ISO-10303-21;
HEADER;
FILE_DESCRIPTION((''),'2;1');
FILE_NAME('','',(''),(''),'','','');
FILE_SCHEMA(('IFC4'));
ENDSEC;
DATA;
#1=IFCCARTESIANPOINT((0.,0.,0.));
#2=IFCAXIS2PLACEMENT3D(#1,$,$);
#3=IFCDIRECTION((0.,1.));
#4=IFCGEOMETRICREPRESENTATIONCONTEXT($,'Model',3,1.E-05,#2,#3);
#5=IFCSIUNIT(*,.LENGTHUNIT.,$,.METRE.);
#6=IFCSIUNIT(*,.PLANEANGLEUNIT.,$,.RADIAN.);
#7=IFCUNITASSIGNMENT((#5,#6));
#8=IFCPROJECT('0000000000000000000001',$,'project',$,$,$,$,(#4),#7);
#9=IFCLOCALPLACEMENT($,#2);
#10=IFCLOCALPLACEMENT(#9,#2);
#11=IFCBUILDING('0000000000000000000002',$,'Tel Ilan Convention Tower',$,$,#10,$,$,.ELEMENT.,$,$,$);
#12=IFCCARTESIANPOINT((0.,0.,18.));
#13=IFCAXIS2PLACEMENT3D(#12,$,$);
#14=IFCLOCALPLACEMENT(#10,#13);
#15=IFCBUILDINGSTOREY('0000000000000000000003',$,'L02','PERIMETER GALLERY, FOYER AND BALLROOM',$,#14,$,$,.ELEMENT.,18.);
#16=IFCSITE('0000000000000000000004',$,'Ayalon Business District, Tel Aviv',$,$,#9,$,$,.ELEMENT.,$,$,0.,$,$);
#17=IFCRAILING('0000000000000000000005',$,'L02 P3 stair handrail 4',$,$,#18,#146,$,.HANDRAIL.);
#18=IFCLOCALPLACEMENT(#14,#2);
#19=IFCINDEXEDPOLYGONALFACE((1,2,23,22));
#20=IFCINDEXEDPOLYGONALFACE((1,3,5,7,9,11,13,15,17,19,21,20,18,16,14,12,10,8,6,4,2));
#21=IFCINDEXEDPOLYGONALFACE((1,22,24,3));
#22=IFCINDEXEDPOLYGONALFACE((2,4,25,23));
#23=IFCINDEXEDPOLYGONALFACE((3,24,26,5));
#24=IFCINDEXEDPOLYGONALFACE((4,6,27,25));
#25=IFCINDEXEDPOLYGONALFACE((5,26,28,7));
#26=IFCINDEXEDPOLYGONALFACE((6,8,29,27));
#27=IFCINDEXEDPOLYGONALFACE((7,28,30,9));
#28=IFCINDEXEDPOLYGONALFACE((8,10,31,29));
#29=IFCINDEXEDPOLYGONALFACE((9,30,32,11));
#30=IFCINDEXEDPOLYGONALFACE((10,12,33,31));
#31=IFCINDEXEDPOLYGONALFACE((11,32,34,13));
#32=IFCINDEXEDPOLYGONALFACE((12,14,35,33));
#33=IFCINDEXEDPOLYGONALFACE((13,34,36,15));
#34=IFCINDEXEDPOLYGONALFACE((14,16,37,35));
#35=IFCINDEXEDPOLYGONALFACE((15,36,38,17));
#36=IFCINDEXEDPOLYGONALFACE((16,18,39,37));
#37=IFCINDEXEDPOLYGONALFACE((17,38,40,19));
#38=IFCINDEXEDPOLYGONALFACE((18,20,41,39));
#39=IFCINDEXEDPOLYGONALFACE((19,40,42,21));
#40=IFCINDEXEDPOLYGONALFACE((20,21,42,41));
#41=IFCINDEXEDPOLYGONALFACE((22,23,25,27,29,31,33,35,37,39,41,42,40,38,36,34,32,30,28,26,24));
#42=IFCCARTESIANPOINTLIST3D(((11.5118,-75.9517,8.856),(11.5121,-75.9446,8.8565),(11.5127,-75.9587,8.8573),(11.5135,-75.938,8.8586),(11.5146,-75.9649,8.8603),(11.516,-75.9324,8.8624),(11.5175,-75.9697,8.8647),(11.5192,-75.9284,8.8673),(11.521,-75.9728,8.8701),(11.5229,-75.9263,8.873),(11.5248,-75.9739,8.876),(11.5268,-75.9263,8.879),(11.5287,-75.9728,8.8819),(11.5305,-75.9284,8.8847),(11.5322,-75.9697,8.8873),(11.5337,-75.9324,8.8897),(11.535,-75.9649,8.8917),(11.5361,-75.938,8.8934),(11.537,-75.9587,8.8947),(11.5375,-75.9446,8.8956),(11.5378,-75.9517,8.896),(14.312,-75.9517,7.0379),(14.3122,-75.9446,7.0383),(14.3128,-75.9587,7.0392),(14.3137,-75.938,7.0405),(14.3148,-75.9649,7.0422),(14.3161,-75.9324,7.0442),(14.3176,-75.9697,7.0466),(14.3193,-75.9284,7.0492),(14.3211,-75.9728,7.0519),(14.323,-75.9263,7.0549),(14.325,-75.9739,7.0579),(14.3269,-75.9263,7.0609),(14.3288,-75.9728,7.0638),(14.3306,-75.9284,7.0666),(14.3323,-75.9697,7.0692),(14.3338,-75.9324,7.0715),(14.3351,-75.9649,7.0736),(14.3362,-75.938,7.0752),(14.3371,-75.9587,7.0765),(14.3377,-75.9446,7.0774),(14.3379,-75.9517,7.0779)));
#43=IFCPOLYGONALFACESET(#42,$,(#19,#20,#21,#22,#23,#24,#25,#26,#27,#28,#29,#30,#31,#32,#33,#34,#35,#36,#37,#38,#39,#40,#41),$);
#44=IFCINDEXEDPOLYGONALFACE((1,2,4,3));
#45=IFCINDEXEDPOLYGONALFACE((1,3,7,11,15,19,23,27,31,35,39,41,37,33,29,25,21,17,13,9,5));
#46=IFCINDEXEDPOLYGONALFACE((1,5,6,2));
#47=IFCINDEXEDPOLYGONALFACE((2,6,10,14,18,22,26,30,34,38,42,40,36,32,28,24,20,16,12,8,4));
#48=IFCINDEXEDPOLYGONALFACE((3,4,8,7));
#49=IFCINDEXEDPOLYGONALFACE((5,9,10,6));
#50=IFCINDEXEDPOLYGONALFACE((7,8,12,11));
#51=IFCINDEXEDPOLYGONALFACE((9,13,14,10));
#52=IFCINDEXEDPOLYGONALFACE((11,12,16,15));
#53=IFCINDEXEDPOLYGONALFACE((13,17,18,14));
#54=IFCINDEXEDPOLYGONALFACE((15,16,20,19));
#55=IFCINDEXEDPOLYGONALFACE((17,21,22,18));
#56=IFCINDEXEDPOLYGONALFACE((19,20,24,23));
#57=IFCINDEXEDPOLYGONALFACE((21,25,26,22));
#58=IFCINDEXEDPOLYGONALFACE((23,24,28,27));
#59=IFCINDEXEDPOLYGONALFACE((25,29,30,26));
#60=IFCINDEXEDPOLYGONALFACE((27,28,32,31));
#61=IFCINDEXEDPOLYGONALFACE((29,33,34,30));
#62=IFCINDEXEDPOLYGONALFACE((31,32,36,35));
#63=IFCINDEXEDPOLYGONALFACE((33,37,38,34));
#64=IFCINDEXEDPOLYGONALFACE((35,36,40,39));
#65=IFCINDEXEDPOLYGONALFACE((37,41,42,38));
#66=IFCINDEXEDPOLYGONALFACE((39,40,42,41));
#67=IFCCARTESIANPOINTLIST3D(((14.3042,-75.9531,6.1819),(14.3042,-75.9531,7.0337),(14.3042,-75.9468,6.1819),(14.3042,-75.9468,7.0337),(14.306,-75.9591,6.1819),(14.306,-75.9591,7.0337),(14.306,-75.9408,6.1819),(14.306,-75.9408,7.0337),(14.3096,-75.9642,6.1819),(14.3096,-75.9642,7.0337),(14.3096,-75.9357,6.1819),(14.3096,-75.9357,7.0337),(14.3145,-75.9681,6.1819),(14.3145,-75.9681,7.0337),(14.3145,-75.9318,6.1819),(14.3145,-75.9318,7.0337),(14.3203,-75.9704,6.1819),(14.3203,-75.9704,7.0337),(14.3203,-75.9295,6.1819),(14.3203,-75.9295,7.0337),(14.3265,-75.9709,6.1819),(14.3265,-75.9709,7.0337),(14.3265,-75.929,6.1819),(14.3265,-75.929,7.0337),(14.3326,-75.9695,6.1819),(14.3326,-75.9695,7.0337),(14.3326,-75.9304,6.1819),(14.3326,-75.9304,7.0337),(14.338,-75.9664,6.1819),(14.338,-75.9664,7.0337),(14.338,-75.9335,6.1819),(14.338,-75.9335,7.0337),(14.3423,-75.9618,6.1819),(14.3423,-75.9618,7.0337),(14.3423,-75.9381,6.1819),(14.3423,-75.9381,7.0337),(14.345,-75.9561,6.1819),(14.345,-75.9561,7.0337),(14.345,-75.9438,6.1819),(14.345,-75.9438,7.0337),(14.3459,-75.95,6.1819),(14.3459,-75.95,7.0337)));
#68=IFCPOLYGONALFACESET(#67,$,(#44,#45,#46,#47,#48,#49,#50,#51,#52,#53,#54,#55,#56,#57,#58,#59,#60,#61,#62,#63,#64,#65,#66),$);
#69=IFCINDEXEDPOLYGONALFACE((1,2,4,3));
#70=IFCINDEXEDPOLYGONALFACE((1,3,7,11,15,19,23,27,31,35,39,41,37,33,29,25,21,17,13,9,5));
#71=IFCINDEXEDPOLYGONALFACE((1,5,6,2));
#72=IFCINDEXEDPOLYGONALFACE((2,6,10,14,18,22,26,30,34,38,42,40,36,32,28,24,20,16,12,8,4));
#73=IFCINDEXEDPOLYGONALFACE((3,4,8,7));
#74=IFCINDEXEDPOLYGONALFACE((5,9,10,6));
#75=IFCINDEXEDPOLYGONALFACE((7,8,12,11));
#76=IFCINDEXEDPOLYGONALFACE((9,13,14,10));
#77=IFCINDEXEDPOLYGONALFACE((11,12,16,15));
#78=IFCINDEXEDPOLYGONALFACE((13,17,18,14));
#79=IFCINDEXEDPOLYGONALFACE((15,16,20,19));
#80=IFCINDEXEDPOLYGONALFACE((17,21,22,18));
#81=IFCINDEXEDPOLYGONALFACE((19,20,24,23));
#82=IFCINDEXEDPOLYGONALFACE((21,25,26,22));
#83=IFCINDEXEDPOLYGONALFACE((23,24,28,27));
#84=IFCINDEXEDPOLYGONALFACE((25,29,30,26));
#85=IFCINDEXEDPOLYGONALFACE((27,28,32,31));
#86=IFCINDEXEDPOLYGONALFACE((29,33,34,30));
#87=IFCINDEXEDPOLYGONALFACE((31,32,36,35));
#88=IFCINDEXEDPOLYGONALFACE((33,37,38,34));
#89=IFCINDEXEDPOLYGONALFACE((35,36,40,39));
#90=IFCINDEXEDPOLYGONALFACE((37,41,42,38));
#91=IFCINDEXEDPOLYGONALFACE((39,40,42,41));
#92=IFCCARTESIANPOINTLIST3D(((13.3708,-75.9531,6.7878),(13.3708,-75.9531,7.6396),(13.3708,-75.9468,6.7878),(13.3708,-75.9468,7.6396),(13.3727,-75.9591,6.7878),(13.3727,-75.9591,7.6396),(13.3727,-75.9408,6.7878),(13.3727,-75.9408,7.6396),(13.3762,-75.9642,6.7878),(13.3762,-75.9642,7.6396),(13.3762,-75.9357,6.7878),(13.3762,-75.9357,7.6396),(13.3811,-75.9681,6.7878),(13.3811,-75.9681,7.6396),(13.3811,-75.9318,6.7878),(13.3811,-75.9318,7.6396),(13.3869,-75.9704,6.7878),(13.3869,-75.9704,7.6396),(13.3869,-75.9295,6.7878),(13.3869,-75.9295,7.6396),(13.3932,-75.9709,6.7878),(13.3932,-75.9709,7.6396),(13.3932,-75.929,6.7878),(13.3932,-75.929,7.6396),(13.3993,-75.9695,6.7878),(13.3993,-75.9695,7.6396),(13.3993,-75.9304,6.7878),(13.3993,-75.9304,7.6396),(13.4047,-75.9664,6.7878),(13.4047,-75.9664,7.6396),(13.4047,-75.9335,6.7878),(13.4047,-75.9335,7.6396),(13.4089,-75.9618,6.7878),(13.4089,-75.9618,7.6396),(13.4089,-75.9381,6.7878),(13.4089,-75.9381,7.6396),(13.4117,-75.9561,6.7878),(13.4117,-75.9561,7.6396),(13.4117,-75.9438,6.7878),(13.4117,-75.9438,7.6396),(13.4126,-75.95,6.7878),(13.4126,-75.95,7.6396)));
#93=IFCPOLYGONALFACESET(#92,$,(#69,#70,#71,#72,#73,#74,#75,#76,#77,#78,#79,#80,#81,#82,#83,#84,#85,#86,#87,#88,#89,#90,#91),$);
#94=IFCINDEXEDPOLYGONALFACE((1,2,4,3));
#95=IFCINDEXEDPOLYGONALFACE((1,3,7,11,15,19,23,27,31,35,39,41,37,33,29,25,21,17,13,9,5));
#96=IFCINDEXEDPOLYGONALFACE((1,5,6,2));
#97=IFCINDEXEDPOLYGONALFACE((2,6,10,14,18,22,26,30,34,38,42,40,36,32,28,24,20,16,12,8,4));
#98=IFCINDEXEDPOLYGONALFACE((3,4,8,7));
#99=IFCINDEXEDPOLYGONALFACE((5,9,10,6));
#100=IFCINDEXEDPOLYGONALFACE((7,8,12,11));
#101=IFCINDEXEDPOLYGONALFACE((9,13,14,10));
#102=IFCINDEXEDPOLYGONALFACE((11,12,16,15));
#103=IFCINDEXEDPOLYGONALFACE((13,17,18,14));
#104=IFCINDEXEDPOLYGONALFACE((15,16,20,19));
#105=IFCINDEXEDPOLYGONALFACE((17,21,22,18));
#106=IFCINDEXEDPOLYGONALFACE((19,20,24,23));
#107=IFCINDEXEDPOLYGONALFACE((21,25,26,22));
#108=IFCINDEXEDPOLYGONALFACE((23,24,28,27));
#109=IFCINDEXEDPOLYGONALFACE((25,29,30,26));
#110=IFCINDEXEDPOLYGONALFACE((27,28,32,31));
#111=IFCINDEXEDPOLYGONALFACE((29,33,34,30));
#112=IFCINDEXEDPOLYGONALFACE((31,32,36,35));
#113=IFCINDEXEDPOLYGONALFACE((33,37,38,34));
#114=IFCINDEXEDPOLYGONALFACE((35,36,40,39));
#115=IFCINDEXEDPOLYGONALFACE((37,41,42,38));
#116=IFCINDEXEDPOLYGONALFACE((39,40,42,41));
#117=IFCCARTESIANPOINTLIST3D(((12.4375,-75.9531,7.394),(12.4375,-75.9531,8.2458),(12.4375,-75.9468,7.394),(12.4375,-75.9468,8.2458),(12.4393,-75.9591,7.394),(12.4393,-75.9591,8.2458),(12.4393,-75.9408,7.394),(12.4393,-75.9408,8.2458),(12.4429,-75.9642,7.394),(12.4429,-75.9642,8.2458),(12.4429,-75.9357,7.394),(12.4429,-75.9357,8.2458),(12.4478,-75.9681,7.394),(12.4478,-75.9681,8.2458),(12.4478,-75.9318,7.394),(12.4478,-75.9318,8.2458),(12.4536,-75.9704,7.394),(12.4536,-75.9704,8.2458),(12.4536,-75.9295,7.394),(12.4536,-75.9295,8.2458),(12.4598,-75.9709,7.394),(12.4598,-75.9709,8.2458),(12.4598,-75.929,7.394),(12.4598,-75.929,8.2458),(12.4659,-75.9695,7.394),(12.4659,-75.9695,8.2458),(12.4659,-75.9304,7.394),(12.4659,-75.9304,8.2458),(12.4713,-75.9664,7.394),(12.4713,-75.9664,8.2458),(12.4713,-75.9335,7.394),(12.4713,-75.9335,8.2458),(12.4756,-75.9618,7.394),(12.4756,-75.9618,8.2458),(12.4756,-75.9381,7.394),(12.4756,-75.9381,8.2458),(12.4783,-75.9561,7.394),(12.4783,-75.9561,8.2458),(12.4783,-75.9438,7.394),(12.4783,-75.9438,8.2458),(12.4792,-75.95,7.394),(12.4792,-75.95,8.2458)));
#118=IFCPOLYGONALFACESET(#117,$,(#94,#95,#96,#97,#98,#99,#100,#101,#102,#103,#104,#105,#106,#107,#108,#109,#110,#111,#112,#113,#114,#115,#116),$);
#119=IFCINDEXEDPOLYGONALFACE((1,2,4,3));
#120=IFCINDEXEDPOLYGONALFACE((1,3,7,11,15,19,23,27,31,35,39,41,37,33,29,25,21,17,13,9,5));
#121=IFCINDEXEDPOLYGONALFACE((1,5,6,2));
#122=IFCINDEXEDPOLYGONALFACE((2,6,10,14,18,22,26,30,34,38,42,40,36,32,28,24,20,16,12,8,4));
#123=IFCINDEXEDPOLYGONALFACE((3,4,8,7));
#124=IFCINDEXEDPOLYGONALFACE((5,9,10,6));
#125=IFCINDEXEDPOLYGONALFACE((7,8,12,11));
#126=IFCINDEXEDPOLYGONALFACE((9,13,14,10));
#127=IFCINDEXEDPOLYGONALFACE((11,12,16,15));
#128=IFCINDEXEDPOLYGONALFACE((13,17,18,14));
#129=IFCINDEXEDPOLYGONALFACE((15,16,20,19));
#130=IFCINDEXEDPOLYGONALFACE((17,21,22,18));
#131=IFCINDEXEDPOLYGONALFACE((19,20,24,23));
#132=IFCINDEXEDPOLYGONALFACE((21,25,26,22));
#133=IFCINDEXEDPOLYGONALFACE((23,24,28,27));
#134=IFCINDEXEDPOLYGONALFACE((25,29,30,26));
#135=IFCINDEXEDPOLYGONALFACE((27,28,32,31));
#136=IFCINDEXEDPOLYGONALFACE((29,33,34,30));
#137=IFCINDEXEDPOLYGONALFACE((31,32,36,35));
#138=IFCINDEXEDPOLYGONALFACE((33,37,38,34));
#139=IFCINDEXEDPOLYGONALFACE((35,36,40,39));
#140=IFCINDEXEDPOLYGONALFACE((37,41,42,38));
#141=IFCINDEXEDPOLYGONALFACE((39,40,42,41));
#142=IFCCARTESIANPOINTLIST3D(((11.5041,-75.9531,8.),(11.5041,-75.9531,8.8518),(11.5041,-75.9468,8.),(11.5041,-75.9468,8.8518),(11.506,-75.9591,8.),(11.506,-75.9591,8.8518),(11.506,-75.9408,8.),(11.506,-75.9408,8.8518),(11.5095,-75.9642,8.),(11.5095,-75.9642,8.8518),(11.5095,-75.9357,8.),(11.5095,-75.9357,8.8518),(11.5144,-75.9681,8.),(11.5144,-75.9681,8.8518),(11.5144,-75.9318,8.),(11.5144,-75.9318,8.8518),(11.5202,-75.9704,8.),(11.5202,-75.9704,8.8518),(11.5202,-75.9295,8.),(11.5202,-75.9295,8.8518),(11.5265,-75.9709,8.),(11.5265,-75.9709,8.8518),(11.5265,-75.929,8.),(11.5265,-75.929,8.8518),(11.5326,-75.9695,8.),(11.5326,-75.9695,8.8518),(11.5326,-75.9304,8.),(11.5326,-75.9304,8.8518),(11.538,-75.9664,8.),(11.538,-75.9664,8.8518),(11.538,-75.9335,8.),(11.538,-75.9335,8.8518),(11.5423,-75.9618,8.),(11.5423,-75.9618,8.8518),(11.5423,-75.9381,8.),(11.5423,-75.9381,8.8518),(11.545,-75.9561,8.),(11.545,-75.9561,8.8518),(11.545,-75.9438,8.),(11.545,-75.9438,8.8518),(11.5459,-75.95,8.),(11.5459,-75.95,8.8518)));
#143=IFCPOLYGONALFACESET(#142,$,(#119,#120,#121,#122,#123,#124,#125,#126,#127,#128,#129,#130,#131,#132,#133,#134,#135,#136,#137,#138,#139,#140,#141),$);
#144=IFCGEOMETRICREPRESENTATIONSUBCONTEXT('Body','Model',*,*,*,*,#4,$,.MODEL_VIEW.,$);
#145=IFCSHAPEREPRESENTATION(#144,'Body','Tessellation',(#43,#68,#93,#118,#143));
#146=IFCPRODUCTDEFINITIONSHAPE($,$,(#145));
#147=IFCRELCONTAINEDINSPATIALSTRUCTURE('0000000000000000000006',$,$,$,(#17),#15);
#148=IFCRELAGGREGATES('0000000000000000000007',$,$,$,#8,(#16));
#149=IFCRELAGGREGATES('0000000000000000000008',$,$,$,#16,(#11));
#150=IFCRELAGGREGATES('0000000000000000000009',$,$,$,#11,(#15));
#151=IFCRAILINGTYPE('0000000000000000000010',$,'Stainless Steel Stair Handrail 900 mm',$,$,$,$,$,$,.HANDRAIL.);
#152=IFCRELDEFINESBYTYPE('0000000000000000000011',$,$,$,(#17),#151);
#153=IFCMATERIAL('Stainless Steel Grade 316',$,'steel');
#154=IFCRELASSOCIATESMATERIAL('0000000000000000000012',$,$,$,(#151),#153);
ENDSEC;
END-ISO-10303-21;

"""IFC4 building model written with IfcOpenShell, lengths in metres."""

from ifc_helpers import new_model, si_unit, direction, frame, origin, origin_2d, place, context, subcontext, project, spatial, circle, extrude, material, type_object, element, save


model = new_model("IFC4")

# Units and contexts
model_context = context("Model", 3, precision=1e-05, world=origin(), true_north=direction((0.0, 1.0)))
body_context = subcontext(model_context, "Body", "Model", "MODEL_VIEW")
ifc_project = project(units=[si_unit("LENGTHUNIT", "METRE"), si_unit("PLANEANGLEUNIT", "RADIAN")], contexts=[model_context])

# Site, building, storey
site_placement = place(None, origin())
site = spatial("IfcSite", under=ifc_project, at=site_placement, Name="Ayalon Business District, Tel Aviv", CompositionType="ELEMENT", RefElevation=0.0)
building_placement = place(site_placement, origin())
building = spatial("IfcBuilding", under=site, at=building_placement, Name="Tel Ilan Convention Tower", CompositionType="ELEMENT")
storey_placement = place(building_placement, frame((0.0, 0.0, 18.0)))
storey = spatial("IfcBuildingStorey", under=building, at=storey_placement, Name="L02", Description="PERIMETER GALLERY, FOYER AND BALLROOM", CompositionType="ELEMENT", Elevation=18.0)

# Railing
ifc_material_1 = material(Name="Stainless Steel Grade 316", Category="steel")
railing_type_1 = type_object("IfcRailingType", Name="Stainless Steel Stair Handrail 900 mm", PredefinedType="HANDRAIL", material=ifc_material_1)
for number, where, name in (
    (1, (14.325, -75.95, 6.1819), "L02 P3 stair handrail 4"),
):
    element("IfcRailing", number, at=place(storey_placement, frame(where)), inside=storey, type_object=railing_type_1, Name=name, PredefinedType="HANDRAIL", context=body_context, shape_type="SweptSolid", body=[
        extrude(circle(Radius=0.0239, at=origin_2d()), frame((0.0, 0.0, 0.876), z_axis=(-0.838706, 0.0, 0.544585), x_axis=(0.0, -1.0, 0.0)), (0.0, 0.0, 1.0), 3.3386),
        extrude(circle(Radius=0.021, at=origin_2d()), origin(), (0.0, 0.0, 1.0), 0.8518),
        extrude(circle(Radius=0.021, at=origin_2d()), frame((-0.9333, 0.0, 0.606)), (0.0, 0.0, 1.0), 0.8518),
        extrude(circle(Radius=0.021, at=origin_2d()), frame((-1.8667, 0.0, 1.2122)), (0.0, 0.0, 1.0), 0.8518),
        extrude(circle(Radius=0.021, at=origin_2d()), frame((-2.8, 0.0, 1.8181)), (0.0, 0.0, 1.0), 0.8518),
    ])

save(model, "model.ifc")
